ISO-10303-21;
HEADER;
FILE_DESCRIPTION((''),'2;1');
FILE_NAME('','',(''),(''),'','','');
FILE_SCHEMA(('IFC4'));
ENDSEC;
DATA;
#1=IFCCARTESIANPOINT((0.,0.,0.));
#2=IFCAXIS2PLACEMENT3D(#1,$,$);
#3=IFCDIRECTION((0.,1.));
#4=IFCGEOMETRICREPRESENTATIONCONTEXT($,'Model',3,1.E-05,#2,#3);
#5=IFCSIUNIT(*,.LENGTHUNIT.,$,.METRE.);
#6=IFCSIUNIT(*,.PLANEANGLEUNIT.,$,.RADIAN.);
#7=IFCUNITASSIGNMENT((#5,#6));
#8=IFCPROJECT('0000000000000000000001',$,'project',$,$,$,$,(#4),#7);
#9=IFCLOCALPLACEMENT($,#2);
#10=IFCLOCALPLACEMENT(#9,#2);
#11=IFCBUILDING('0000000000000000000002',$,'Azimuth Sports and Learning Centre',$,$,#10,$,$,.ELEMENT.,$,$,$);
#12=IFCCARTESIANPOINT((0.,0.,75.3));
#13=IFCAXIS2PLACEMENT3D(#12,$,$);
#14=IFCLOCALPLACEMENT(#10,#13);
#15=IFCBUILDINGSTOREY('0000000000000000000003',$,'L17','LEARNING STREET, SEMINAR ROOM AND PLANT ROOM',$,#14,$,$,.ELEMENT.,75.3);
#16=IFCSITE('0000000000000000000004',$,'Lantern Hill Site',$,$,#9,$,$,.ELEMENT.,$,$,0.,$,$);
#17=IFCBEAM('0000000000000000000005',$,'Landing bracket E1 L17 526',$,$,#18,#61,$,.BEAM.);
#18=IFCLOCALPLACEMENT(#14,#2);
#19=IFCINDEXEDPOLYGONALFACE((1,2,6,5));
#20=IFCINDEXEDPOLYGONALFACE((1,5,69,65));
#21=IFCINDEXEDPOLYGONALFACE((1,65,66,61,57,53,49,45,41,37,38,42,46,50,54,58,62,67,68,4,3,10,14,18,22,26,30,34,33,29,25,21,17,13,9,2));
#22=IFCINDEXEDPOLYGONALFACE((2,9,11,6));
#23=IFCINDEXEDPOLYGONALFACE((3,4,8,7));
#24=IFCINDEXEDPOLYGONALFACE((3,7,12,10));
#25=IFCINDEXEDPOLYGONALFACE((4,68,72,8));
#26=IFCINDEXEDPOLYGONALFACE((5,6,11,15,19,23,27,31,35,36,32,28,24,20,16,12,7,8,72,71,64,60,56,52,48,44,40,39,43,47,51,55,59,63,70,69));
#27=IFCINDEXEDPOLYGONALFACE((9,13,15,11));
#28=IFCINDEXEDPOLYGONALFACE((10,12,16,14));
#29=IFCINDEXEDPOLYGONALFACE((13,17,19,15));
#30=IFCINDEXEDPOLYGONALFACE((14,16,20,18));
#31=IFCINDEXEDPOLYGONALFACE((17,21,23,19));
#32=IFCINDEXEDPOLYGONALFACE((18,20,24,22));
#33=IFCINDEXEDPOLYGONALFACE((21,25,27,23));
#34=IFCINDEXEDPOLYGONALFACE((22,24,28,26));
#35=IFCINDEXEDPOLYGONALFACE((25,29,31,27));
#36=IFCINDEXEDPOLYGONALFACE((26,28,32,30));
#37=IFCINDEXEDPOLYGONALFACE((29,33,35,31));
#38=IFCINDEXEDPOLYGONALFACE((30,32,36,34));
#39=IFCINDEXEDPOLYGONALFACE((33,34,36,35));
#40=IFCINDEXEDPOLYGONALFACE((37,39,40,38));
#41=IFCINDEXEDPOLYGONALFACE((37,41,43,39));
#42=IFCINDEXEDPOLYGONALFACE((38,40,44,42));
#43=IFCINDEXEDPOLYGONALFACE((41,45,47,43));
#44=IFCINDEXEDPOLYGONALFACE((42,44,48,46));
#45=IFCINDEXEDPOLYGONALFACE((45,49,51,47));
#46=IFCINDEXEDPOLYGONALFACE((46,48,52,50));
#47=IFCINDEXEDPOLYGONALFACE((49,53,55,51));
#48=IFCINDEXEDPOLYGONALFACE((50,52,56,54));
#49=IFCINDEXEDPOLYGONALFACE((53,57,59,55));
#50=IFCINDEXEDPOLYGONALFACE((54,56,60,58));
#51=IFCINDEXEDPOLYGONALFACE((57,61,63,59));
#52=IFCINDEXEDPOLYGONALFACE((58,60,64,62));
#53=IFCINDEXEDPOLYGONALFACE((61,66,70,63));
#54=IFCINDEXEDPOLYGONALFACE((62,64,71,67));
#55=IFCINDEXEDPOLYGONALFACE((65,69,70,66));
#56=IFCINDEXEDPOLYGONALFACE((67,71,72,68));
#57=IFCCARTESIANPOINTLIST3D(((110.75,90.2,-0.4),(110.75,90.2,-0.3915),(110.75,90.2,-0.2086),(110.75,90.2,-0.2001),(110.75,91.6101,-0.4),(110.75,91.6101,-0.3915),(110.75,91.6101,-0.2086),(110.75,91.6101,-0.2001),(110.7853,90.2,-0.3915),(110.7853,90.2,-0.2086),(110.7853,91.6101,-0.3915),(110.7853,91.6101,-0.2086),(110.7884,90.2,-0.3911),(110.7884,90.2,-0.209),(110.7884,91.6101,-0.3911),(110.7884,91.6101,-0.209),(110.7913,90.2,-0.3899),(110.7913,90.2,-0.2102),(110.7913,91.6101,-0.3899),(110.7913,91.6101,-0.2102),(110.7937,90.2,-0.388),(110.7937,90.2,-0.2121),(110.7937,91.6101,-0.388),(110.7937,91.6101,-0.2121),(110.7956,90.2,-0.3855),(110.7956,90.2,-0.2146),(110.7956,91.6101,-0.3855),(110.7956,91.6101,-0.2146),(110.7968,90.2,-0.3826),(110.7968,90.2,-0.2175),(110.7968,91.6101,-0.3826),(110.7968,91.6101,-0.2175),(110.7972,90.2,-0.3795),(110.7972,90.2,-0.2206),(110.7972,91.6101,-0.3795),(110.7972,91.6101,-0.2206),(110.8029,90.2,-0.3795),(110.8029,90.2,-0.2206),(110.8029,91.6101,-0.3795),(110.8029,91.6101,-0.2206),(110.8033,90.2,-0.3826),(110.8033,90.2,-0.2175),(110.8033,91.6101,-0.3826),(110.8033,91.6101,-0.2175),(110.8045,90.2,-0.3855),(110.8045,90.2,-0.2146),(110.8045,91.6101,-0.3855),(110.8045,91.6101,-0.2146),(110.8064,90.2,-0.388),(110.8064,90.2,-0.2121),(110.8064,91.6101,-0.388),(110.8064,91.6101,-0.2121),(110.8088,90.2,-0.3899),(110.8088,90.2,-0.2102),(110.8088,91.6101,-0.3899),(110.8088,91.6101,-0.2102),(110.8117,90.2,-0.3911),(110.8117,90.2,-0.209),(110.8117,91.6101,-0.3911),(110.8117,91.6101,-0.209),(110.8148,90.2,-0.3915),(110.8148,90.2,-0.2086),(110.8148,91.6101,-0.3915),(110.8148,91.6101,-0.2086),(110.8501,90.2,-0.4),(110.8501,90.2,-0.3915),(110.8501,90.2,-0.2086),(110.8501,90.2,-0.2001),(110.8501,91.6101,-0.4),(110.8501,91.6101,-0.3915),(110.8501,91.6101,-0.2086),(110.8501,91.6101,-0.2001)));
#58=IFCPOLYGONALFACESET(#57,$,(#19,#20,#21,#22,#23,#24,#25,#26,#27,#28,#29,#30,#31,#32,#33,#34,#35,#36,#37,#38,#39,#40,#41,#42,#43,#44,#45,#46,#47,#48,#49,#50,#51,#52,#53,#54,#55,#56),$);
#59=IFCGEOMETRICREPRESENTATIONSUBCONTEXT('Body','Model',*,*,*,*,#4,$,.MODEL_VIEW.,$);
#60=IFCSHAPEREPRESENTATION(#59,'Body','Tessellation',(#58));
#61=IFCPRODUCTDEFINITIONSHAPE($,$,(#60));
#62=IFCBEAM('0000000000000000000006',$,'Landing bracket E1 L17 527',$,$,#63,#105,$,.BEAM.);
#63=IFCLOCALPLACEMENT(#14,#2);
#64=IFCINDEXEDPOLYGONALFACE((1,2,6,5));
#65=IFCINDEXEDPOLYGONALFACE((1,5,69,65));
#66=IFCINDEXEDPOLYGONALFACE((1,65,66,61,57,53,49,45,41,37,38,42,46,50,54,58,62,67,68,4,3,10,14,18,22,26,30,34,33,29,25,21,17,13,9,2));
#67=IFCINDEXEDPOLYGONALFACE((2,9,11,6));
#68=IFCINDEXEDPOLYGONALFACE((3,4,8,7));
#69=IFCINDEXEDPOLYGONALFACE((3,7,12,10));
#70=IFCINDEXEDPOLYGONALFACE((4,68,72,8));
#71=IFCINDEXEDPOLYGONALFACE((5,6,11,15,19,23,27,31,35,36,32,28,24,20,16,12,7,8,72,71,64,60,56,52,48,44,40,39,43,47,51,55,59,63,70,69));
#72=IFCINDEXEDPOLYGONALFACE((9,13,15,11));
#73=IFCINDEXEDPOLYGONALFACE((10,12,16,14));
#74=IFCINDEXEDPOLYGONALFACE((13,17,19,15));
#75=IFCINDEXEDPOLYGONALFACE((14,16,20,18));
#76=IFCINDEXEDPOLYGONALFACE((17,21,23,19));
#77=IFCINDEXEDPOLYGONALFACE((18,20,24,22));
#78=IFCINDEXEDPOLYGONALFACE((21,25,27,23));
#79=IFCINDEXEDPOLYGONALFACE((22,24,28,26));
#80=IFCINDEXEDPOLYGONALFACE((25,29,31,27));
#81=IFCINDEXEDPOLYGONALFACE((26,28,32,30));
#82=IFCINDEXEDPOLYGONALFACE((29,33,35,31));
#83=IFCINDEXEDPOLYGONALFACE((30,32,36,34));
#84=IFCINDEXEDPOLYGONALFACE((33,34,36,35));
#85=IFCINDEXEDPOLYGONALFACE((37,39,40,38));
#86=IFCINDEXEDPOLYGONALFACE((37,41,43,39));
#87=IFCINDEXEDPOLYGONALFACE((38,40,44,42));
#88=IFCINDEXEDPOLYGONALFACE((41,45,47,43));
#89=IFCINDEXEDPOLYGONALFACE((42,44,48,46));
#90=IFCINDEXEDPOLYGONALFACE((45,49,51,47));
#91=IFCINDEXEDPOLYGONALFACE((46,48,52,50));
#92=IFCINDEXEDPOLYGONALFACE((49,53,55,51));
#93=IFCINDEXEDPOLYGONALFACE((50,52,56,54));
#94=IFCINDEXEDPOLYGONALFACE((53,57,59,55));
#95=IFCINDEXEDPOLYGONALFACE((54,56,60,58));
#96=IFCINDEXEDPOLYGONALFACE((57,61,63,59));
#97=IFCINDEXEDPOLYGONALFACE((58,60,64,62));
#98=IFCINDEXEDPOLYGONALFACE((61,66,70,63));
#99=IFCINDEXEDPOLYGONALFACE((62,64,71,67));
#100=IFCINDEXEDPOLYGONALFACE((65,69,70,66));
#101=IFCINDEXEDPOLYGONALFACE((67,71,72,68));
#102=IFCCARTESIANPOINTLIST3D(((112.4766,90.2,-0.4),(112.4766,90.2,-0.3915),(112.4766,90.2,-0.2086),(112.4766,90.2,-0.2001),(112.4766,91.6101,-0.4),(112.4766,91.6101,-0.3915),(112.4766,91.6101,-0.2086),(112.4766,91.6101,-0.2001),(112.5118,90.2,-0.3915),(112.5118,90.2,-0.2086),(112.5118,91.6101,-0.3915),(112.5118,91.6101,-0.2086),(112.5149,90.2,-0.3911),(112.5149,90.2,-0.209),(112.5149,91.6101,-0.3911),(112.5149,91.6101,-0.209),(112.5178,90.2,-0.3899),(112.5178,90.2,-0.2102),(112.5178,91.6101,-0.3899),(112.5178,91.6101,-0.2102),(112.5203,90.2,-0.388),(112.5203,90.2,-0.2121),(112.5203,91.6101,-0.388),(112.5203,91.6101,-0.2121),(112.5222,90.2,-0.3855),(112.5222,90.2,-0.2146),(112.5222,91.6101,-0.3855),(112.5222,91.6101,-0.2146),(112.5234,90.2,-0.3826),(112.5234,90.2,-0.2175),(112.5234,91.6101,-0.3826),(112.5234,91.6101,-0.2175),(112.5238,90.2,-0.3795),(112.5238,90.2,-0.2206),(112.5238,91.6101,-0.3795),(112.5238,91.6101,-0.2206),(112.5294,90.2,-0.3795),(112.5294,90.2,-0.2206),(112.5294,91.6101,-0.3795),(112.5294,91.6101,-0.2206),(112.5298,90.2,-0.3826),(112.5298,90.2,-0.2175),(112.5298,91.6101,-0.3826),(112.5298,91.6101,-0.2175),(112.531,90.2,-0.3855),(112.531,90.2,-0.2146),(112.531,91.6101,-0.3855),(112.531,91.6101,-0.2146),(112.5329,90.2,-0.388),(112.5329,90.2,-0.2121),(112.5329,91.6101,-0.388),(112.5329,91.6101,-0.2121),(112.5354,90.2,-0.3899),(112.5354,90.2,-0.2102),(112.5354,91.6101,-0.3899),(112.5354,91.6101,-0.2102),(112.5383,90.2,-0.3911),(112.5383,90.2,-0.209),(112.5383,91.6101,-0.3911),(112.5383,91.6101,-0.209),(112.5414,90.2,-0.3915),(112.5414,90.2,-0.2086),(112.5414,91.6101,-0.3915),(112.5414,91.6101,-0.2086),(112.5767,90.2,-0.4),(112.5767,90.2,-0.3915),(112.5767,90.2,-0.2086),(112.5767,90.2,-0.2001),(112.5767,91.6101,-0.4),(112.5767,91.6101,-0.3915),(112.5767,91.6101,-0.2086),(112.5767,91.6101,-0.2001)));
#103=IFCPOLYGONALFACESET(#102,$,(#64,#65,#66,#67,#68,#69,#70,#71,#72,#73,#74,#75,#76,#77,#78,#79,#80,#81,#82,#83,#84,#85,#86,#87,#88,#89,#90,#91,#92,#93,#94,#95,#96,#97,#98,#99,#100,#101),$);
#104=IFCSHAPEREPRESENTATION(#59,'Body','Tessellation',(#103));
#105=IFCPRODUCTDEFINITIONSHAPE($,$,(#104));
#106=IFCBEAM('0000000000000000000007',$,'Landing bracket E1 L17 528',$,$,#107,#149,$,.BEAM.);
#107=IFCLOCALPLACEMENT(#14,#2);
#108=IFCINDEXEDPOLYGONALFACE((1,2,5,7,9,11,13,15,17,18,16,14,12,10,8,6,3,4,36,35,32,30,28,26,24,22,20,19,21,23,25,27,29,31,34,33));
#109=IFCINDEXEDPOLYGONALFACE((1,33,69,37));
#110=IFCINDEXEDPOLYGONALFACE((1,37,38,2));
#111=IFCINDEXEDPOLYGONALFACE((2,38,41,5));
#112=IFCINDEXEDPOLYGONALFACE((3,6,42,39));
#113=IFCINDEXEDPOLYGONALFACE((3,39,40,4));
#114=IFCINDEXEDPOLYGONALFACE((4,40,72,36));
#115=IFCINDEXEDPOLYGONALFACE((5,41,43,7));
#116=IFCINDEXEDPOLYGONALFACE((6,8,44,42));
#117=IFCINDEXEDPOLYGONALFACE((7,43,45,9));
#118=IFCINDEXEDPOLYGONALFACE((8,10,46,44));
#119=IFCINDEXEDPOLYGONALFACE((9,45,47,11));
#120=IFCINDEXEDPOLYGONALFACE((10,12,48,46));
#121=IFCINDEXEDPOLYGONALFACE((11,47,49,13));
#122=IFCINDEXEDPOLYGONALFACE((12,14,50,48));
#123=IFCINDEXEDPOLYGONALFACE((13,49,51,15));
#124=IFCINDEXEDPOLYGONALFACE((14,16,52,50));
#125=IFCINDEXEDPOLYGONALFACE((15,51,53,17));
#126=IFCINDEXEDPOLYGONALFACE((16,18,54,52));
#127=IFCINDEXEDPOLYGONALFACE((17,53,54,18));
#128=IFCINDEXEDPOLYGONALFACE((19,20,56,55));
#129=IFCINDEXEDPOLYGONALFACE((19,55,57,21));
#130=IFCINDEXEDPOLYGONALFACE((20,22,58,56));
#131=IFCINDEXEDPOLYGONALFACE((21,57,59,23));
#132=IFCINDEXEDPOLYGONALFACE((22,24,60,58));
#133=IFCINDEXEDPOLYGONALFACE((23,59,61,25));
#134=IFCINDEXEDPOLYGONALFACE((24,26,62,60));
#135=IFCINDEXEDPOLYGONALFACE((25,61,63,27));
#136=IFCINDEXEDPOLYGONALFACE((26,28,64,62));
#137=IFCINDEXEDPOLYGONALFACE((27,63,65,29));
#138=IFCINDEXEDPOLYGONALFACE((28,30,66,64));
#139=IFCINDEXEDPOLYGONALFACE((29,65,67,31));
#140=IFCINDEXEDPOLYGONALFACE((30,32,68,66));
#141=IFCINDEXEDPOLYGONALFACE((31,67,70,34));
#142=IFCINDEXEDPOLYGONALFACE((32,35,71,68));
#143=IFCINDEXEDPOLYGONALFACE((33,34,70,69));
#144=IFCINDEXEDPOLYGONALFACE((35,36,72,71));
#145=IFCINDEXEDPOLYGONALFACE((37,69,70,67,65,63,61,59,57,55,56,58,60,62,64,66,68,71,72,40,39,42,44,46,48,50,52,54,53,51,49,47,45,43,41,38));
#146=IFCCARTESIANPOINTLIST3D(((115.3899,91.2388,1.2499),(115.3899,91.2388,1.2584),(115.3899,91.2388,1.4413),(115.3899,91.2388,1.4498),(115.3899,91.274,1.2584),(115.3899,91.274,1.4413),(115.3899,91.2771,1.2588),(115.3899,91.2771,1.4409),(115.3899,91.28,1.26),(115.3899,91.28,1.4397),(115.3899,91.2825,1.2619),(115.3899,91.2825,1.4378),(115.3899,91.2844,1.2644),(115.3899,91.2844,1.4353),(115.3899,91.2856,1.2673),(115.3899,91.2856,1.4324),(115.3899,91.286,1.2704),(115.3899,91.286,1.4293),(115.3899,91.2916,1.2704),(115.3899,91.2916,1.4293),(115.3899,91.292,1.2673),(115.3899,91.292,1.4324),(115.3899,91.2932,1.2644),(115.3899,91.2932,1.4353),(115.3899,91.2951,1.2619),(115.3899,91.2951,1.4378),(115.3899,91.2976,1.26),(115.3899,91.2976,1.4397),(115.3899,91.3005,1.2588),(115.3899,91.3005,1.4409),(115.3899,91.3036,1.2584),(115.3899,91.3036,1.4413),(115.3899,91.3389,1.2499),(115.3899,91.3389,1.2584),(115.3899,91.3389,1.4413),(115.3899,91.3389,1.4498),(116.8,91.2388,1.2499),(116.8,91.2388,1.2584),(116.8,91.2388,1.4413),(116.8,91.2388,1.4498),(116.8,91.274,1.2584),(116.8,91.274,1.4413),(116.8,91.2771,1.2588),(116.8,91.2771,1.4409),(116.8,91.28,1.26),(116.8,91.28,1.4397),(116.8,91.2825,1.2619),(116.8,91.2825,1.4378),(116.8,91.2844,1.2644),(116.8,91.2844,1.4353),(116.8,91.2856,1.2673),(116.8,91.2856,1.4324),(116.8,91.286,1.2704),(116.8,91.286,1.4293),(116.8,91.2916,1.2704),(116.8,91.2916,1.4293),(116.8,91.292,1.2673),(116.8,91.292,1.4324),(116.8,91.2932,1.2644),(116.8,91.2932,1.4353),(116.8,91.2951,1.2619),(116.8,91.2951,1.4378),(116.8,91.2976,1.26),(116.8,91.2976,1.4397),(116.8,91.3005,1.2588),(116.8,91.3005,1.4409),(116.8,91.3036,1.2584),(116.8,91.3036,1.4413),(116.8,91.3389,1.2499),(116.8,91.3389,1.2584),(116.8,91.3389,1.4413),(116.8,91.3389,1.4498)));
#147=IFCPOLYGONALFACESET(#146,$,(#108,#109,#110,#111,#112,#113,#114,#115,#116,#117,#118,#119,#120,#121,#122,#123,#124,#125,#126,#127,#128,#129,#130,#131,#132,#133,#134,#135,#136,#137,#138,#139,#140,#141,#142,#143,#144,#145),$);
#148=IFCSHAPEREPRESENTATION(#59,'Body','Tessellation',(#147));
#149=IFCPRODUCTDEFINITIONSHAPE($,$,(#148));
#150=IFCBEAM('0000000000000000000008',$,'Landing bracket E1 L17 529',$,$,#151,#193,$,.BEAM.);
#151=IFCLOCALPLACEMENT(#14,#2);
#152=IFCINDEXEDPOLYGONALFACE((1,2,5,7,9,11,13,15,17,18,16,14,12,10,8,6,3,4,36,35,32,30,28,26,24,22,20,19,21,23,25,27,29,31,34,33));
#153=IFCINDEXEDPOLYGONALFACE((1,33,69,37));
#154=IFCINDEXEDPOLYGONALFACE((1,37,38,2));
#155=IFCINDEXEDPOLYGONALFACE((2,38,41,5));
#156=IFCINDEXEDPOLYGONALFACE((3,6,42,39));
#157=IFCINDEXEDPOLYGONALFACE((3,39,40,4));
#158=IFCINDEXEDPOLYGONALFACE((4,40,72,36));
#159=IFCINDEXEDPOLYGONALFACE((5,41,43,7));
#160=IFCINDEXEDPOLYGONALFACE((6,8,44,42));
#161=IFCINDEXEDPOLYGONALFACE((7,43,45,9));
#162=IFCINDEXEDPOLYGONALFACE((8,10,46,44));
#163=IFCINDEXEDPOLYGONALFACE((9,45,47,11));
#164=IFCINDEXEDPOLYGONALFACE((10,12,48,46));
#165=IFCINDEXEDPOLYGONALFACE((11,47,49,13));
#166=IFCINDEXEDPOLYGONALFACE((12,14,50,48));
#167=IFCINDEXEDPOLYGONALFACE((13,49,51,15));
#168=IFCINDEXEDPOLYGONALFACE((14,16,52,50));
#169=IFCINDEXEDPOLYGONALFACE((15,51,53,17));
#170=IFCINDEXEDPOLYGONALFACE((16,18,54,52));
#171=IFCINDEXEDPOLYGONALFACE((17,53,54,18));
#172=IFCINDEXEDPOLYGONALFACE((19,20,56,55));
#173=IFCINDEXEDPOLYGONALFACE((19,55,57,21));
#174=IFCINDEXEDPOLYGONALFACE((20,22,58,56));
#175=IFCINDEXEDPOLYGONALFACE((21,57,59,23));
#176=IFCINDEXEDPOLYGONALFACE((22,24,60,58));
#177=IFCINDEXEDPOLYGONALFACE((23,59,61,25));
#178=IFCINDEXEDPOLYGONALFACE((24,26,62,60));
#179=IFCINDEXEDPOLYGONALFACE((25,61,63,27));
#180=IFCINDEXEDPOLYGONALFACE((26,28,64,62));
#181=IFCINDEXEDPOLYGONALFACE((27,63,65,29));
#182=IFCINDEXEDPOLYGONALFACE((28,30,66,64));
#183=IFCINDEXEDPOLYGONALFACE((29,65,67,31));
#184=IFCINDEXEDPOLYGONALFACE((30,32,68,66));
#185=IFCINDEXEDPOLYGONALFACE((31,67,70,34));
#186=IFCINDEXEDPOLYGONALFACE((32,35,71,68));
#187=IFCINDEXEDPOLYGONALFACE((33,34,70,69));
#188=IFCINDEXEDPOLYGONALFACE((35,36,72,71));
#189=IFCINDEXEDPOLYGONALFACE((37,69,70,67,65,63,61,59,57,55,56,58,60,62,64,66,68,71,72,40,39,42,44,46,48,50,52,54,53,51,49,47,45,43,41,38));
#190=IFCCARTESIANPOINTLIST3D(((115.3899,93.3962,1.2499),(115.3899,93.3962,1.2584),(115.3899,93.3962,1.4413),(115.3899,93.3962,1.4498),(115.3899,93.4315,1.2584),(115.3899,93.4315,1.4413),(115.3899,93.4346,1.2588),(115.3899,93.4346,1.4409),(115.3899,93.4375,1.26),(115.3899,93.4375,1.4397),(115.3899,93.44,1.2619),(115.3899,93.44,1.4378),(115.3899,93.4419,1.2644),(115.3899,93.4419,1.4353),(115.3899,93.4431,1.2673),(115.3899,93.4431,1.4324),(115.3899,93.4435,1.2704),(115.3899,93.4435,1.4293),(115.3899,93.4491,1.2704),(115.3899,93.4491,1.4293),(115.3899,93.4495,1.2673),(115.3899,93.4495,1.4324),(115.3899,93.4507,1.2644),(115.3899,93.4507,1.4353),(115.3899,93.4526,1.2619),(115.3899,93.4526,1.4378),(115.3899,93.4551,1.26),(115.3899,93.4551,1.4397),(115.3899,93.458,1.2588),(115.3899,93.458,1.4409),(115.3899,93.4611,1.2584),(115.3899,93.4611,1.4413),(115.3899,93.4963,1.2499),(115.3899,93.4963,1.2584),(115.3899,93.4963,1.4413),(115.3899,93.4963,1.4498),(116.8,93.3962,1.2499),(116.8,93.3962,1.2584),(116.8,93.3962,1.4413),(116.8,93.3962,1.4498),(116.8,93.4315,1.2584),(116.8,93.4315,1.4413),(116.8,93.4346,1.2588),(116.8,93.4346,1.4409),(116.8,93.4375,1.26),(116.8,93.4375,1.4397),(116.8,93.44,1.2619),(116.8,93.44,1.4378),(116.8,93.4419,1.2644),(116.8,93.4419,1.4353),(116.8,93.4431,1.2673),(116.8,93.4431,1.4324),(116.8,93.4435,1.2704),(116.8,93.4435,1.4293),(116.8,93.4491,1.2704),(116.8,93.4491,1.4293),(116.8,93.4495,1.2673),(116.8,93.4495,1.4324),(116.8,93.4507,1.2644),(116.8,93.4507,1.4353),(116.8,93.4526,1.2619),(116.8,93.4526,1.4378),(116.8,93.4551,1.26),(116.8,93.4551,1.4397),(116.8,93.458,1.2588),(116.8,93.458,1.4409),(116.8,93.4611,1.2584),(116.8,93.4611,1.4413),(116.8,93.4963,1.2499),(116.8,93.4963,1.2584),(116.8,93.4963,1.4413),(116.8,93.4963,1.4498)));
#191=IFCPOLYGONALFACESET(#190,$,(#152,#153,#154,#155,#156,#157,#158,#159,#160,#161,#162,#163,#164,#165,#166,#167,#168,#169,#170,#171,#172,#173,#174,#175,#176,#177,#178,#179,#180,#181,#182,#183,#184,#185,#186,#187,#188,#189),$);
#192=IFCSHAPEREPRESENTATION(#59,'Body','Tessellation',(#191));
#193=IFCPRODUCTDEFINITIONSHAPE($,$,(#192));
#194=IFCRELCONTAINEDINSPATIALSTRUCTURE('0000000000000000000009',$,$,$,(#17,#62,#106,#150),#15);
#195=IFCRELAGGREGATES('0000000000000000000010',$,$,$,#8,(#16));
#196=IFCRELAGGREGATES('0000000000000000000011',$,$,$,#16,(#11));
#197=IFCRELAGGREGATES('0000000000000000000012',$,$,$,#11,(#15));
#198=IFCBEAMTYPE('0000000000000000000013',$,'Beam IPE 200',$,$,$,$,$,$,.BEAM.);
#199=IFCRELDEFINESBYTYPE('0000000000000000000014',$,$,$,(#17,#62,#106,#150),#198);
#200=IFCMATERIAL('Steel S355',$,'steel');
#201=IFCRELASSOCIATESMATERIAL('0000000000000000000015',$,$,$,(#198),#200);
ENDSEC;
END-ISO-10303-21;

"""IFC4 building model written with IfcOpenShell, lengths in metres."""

from ifc_helpers import new_model, si_unit, direction, frame, origin, origin_2d, place, context, subcontext, project, spatial, i_section, extrude, material, material_profile, profile_set, type_object, element, save


model = new_model("IFC4")

# Units and contexts
model_context = context("Model", 3, precision=1e-05, world=origin(), true_north=direction((0.0, 1.0)))
body_context = subcontext(model_context, "Body", "Model", "MODEL_VIEW")
ifc_project = project(units=[si_unit("LENGTHUNIT", "METRE"), si_unit("PLANEANGLEUNIT", "RADIAN")], contexts=[model_context])

# Site, building, storey
site_placement = place(None, origin())
site = spatial("IfcSite", under=ifc_project, at=site_placement, Name="Lantern Hill Site", CompositionType="ELEMENT", RefElevation=0.0)
building_placement = place(site_placement, origin())
building = spatial("IfcBuilding", under=site, at=building_placement, Name="Azimuth Sports and Learning Centre", CompositionType="ELEMENT")
storey_placement = place(building_placement, frame((0.0, 0.0, 75.3)))
storey = spatial("IfcBuildingStorey", under=building, at=storey_placement, Name="L17", Description="LEARNING STREET, SEMINAR ROOM AND PLANT ROOM", CompositionType="ELEMENT", Elevation=75.3)

# Beams
ifc_material_1 = material(Name="Steel S355", Category="steel")
ifc_material_profile = material_profile(ifc_material_1, i_section(OverallWidth=0.1001, OverallDepth=0.2, WebThickness=0.0056, FlangeThickness=0.0085, FilletRadius=0.012, at=origin_2d()), Name="IPE 200")
ifc_profile_set = profile_set([ifc_material_profile], Name="Steel S355")
beam_type = type_object("IfcBeamType", Name="Beam IPE 200", PredefinedType="BEAM", material=ifc_profile_set)
for number, where, z_axis, x_axis, name in (
    (1, (110.8, 90.2, -0.3), (0.0, 1.0, 0.0), (-1.0, 0.0, 0.0), "Landing bracket E1 L17 526"),
    (2, (112.5266, 90.2, -0.3), (0.0, 1.0, 0.0), (-1.0, 0.0, 0.0), "Landing bracket E1 L17 527"),
    (3, (116.8, 91.2888, 1.3499), (-1.0, 0.0, 0.0), (0.0, -1.0, 0.0), "Landing bracket E1 L17 528"),
    (4, (116.8, 93.4463, 1.3499), (-1.0, 0.0, 0.0), (0.0, -1.0, 0.0), "Landing bracket E1 L17 529"),
):
    element("IfcBeam", number, at=place(storey_placement, frame(where, z_axis=z_axis, x_axis=x_axis)), inside=storey, type_object=beam_type, Name=name, PredefinedType="BEAM", context=body_context, shape_type="SweptSolid", body=[
        extrude(i_section(OverallWidth=0.1001, OverallDepth=0.2, WebThickness=0.0056, FlangeThickness=0.0085, FilletRadius=0.012, at=origin_2d()), origin(), (0.0, 0.0, 1.0), 1.4102),
    ])

save(model, "model.ifc")
